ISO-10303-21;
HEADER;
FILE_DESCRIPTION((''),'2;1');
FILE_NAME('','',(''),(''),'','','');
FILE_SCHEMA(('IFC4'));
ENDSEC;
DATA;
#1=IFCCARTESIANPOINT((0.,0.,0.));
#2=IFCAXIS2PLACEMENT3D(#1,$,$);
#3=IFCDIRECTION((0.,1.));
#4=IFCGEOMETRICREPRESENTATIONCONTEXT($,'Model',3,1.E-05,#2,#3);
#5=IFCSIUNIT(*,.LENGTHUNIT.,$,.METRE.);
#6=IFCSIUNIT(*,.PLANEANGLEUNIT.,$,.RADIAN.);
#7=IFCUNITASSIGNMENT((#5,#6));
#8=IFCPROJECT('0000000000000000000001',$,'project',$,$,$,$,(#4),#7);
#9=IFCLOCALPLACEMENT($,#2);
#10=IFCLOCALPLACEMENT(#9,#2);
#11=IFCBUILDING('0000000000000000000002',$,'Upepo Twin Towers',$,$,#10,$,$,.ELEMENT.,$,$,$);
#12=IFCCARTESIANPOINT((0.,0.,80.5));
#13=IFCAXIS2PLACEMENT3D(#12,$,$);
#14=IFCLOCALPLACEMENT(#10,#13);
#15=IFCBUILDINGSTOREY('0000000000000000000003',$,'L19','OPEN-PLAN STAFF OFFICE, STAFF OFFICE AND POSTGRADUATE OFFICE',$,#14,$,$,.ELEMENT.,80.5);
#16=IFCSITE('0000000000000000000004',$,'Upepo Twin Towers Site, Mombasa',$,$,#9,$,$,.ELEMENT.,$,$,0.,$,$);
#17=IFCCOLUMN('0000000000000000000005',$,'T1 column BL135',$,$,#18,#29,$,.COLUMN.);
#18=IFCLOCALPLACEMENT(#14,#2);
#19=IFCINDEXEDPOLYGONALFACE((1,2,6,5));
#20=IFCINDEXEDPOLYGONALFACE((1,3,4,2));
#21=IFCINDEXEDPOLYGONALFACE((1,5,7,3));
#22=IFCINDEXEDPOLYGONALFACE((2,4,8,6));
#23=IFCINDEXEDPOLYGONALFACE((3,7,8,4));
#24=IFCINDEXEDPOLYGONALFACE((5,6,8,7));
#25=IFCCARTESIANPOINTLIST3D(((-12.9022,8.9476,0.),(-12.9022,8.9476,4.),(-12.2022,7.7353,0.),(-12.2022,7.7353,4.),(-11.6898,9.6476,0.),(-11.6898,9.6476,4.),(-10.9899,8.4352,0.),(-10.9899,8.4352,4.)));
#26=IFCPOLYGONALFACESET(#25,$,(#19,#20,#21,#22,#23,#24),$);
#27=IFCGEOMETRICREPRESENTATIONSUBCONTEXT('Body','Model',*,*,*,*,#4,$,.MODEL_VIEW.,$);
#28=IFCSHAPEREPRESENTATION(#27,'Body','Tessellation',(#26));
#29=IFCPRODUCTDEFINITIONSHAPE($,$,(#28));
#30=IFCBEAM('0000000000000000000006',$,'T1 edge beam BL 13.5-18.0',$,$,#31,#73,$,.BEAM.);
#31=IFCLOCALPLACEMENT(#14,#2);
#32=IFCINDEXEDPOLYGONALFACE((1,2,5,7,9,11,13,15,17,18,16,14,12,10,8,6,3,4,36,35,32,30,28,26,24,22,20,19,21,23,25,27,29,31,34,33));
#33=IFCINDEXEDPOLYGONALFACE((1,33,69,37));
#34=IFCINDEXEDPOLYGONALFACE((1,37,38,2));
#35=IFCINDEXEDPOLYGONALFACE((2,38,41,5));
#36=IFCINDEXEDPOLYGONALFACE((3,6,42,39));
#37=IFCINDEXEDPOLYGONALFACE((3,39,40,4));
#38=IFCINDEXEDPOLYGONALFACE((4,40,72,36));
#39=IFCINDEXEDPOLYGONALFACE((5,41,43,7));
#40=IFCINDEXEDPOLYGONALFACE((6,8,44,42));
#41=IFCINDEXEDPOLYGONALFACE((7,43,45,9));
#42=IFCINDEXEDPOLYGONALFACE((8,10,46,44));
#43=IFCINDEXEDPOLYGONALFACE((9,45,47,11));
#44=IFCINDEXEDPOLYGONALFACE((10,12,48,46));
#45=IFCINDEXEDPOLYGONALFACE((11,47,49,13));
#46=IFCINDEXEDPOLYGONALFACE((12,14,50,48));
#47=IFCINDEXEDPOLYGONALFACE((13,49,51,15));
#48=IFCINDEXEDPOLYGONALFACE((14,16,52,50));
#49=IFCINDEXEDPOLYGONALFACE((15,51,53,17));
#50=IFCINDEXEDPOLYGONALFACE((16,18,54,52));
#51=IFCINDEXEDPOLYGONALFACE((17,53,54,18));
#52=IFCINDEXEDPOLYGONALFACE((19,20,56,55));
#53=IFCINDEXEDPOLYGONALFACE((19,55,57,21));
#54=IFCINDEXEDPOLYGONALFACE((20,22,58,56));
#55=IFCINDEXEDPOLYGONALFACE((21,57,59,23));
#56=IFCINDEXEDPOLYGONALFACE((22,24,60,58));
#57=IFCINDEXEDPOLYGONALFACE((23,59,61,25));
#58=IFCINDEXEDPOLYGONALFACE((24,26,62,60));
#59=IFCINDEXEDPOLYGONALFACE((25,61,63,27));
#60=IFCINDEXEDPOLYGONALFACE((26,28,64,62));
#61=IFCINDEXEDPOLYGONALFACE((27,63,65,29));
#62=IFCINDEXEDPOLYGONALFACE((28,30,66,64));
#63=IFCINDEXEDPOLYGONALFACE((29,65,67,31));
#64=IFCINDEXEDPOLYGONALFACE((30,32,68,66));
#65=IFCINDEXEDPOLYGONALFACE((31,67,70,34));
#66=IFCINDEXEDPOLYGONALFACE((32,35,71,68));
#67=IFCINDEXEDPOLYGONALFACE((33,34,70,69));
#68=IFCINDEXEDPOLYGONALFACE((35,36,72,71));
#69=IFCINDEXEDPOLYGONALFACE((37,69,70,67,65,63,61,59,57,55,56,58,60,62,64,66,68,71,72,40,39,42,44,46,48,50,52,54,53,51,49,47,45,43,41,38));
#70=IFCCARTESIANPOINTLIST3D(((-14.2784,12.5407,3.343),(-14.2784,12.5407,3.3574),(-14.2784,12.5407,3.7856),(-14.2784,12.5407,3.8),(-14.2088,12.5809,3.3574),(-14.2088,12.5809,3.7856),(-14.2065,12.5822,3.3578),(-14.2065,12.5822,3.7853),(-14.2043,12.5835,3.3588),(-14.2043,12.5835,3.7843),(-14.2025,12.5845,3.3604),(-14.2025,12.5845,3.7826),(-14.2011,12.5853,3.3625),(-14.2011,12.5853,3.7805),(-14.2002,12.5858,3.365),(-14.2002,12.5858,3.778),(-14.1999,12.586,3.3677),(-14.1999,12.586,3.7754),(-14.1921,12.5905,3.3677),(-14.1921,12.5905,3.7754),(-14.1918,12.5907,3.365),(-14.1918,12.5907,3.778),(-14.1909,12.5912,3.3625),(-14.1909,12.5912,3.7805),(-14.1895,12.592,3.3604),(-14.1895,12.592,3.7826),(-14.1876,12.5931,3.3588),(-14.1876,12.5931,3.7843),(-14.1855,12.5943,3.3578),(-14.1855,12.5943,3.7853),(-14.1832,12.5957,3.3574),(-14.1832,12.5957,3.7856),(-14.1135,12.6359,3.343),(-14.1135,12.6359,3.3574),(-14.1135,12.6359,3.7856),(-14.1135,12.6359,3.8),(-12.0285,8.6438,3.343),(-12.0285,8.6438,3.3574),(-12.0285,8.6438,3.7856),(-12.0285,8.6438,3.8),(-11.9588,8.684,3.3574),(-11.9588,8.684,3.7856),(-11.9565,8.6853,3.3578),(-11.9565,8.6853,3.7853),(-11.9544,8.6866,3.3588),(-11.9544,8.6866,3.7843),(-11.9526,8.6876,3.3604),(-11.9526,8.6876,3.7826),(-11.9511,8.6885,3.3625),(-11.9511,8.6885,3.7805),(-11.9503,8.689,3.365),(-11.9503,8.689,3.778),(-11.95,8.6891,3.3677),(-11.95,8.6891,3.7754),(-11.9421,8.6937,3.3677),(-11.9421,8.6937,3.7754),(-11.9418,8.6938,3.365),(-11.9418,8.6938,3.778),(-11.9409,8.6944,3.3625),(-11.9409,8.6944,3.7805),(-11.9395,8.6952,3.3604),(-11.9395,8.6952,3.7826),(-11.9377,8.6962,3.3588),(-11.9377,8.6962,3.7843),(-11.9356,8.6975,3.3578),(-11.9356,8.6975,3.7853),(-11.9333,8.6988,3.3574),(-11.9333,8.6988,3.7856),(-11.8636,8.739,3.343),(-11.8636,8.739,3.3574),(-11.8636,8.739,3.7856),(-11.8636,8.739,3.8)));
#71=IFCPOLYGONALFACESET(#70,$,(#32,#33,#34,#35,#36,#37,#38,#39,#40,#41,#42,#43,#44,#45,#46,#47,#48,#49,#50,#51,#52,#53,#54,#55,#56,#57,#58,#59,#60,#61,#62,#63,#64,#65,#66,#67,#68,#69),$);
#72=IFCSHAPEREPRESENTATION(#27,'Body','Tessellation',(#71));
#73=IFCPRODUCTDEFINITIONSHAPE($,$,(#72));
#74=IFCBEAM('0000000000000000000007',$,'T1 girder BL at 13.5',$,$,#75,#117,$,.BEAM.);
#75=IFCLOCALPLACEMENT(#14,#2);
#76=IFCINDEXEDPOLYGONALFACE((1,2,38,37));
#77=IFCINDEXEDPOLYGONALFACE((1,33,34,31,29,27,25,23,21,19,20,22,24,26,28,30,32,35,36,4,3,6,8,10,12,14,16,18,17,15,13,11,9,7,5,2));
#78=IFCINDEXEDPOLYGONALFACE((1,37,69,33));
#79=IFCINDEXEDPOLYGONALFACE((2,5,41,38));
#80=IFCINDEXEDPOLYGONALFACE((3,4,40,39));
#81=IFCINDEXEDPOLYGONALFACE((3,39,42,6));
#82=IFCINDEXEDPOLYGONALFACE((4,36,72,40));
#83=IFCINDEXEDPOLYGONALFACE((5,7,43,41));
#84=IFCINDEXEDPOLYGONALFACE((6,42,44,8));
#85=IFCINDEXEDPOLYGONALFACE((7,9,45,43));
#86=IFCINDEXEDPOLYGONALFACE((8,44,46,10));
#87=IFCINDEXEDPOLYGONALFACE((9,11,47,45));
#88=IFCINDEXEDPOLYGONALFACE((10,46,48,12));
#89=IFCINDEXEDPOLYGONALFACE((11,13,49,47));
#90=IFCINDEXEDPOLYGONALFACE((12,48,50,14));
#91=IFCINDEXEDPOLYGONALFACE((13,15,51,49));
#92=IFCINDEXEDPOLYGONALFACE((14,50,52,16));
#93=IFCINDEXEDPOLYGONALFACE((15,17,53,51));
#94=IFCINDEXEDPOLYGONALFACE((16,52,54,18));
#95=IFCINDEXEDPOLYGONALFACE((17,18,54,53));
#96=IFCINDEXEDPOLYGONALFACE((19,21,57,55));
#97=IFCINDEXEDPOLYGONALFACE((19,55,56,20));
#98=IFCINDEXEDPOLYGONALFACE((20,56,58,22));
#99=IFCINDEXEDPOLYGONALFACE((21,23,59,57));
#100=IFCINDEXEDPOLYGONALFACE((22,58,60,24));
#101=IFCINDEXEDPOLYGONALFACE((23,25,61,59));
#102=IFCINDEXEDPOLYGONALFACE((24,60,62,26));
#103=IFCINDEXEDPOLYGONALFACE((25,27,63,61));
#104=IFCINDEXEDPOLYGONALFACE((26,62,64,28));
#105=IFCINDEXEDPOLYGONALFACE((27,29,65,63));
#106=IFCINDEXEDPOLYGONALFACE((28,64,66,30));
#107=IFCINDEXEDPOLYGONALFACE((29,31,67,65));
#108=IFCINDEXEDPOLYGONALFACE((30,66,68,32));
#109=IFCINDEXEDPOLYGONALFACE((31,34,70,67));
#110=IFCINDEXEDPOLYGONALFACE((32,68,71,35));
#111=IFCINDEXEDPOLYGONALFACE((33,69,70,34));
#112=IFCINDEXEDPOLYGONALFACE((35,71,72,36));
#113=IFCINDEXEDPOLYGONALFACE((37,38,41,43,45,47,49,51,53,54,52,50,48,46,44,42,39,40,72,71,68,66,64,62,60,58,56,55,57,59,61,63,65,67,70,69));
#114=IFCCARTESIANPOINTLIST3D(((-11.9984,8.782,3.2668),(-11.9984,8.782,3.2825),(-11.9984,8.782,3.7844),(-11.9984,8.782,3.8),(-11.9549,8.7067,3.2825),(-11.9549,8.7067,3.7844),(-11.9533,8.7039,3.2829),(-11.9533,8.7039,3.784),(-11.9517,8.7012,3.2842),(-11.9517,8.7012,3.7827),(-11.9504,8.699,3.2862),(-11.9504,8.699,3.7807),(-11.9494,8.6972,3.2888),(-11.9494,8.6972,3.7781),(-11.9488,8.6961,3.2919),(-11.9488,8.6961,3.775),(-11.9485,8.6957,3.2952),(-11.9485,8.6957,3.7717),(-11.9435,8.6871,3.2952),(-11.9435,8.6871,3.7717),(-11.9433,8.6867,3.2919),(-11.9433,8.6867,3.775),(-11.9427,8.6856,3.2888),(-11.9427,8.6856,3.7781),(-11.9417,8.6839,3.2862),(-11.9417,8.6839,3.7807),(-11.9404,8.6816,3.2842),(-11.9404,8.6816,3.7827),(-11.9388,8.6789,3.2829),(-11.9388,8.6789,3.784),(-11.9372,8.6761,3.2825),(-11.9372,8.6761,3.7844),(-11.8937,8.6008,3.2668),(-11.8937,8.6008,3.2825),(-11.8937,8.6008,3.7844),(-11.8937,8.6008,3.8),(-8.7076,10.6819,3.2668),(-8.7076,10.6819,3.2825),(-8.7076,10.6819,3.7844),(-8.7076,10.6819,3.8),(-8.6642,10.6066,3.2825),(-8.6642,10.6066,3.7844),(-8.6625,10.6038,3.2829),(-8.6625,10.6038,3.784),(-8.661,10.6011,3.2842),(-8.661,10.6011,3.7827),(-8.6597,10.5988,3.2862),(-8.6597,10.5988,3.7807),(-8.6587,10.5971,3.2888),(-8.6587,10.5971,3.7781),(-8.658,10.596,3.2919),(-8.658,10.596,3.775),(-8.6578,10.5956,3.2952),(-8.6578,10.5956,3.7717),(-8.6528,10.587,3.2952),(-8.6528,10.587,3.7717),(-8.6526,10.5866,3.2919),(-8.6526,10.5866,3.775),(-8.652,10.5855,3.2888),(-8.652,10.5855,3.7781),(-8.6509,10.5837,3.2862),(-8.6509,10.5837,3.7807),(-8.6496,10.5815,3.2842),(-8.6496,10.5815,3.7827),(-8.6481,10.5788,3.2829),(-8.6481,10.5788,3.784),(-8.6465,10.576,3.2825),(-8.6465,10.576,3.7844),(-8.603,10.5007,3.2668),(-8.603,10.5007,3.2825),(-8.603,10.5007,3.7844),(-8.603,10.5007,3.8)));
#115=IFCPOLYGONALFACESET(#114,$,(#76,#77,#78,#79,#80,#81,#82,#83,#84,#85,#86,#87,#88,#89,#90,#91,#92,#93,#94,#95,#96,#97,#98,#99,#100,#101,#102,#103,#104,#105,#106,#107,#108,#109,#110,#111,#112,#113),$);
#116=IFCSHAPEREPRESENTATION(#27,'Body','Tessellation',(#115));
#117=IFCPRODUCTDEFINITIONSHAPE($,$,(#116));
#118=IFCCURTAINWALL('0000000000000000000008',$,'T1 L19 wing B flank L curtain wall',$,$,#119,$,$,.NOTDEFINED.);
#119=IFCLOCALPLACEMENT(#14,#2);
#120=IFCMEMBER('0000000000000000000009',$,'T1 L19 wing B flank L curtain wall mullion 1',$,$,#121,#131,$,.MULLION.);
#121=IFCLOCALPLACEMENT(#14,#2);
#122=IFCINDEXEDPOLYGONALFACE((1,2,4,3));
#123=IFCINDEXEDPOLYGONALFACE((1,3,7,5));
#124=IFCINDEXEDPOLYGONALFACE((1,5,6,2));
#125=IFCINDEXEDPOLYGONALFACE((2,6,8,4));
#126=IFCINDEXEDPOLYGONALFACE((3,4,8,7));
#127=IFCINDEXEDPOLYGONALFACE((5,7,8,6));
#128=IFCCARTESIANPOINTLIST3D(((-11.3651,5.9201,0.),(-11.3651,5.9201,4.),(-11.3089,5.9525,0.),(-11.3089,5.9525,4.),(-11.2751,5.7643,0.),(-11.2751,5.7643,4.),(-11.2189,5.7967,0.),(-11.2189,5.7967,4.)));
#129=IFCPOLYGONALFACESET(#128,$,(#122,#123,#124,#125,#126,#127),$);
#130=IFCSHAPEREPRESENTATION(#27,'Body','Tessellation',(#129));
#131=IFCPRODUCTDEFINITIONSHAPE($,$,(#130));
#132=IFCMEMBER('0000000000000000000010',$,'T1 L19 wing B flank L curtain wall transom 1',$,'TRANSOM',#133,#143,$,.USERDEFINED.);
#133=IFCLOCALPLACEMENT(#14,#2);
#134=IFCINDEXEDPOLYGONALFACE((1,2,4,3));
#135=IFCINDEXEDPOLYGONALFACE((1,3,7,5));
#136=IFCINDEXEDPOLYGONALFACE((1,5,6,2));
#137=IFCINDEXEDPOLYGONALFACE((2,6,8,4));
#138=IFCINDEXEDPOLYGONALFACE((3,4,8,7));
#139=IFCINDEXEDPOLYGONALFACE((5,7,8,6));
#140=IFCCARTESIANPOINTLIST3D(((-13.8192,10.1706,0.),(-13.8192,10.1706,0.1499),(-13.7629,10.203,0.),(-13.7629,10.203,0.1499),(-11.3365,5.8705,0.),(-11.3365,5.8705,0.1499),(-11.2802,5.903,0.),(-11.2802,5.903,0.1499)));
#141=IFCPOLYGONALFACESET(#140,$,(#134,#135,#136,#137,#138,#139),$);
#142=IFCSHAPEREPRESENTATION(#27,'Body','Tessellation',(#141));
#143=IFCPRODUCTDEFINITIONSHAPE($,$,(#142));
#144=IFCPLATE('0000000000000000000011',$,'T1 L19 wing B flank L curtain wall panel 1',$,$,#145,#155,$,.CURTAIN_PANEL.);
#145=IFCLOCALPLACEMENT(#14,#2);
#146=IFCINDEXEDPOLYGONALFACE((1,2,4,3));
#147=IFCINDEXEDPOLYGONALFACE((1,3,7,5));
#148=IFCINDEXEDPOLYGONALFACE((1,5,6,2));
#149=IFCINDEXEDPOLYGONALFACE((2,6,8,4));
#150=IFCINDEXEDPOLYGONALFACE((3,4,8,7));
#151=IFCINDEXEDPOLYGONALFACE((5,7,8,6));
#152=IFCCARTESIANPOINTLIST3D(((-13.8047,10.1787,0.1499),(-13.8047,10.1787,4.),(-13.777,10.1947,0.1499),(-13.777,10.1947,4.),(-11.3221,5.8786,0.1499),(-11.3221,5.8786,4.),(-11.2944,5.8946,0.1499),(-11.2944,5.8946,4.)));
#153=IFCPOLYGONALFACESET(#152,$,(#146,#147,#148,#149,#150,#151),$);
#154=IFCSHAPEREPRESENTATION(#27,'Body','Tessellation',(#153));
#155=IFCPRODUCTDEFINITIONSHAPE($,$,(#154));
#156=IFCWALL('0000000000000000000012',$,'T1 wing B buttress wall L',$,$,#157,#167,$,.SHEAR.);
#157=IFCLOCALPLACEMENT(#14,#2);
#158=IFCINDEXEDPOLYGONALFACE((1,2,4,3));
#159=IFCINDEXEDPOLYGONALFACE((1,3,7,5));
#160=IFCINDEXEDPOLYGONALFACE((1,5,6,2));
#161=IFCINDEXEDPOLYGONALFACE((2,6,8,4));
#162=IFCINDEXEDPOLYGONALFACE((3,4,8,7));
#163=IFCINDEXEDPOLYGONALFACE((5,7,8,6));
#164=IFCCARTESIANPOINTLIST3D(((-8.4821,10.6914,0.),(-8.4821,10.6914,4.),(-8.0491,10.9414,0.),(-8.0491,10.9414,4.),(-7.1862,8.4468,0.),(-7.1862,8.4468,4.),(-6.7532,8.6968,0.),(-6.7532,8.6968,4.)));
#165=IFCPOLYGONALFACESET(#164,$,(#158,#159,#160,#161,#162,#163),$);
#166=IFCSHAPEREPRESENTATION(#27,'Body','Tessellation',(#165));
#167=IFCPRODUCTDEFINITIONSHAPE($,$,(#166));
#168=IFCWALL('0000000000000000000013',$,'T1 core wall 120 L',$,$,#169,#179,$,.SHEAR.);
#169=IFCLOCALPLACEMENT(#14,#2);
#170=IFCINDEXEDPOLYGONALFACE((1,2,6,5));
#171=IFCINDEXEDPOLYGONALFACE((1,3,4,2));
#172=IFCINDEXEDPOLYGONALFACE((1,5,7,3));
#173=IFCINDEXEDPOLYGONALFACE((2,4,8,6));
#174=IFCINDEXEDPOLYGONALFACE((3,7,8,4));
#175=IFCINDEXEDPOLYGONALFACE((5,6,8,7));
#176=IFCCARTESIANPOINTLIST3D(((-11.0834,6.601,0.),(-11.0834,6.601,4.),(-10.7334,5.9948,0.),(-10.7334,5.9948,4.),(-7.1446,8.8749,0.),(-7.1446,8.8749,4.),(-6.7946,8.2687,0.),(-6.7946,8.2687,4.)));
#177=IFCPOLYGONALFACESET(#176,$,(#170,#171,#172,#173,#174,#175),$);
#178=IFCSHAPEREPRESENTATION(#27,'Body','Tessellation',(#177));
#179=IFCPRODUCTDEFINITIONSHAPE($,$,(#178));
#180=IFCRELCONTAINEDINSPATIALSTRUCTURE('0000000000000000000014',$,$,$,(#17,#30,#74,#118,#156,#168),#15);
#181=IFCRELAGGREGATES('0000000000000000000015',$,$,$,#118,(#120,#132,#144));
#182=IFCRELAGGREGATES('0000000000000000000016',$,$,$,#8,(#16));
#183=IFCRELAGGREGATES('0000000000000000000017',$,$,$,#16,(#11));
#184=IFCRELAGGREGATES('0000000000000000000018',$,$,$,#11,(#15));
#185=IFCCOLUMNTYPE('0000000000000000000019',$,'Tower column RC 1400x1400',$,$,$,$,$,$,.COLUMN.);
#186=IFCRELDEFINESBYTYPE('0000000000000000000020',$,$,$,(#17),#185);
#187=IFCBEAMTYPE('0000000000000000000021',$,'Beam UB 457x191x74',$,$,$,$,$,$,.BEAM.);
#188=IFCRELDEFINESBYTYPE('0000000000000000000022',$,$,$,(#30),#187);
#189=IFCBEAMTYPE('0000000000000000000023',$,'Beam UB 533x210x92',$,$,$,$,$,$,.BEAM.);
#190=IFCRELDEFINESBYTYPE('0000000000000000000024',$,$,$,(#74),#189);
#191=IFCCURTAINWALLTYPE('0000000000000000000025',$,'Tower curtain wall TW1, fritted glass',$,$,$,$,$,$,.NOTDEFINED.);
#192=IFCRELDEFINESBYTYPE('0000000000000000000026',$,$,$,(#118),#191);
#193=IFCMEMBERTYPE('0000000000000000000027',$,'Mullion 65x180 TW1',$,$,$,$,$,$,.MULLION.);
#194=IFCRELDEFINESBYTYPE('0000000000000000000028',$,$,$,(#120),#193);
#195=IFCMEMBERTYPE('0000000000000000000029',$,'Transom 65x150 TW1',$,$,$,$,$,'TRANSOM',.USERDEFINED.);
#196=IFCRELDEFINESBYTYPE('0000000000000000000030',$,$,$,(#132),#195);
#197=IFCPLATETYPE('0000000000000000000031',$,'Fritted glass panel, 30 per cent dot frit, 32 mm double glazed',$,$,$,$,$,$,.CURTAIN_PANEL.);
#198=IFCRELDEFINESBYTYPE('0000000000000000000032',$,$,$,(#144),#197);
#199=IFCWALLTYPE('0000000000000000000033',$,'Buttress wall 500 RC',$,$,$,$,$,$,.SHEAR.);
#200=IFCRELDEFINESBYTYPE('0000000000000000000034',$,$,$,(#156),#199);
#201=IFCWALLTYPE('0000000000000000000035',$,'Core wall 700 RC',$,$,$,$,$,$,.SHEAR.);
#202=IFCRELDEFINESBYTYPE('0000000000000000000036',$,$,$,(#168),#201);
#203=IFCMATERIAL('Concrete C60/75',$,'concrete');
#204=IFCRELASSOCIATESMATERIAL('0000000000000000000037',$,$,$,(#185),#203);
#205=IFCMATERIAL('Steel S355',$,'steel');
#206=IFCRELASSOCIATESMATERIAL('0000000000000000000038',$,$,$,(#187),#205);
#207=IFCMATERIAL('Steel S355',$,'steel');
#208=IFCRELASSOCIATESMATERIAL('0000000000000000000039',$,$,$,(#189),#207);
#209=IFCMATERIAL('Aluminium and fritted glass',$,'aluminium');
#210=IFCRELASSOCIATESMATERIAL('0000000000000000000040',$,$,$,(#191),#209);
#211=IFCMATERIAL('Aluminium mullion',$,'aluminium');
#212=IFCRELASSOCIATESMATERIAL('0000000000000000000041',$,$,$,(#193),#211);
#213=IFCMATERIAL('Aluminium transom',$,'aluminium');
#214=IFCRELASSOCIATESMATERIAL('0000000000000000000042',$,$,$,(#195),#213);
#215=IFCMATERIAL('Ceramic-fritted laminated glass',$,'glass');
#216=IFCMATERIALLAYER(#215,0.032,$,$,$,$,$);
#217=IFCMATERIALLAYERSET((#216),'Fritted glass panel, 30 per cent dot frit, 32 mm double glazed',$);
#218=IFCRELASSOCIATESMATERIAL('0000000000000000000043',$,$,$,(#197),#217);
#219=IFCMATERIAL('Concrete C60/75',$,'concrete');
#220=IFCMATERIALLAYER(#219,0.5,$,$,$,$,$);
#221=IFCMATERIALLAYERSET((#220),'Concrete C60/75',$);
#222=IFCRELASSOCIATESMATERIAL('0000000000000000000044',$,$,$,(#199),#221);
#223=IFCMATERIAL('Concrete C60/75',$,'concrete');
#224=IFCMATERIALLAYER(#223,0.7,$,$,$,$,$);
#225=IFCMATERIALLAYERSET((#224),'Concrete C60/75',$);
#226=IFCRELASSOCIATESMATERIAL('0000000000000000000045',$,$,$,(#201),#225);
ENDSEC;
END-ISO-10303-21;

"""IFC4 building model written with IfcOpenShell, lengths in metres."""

from ifc_helpers import new_model, si_unit, direction, frame, frame_2d, origin, origin_2d, place, context, subcontext, project, spatial, rectangle, i_section, extrude, material, layer, layer_set, material_profile, profile_set, type_object, element, aggregate, save


model = new_model("IFC4")

# Units and contexts
model_context = context("Model", 3, precision=1e-05, world=origin(), true_north=direction((0.0, 1.0)))
body_context = subcontext(model_context, "Body", "Model", "MODEL_VIEW")
ifc_project = project(units=[si_unit("LENGTHUNIT", "METRE"), si_unit("PLANEANGLEUNIT", "RADIAN")], contexts=[model_context])

# Site, building, storey
site_placement = place(None, origin())
site = spatial("IfcSite", under=ifc_project, at=site_placement, Name="Upepo Twin Towers Site, Mombasa", CompositionType="ELEMENT", RefElevation=0.0)
building_placement = place(site_placement, origin())
building = spatial("IfcBuilding", under=site, at=building_placement, Name="Upepo Twin Towers", CompositionType="ELEMENT")
storey_placement = place(building_placement, frame((0.0, 0.0, 80.5)))
storey = spatial("IfcBuildingStorey", under=building, at=storey_placement, Name="L19", Description="OPEN-PLAN STAFF OFFICE, STAFF OFFICE AND POSTGRADUATE OFFICE", CompositionType="ELEMENT", Elevation=80.5)

# Column
ifc_material_1 = material(Name="Concrete C60/75", Category="concrete")
ifc_material_profile_1 = material_profile(ifc_material_1, rectangle(XDim=1.3999, YDim=1.3999, at=origin_2d()), Name="RC 1400x1400")
ifc_profile_set_1 = profile_set([ifc_material_profile_1], Name="Concrete C60/75")
column_type = type_object("IfcColumnType", Name="Tower column RC 1400x1400", PredefinedType="COLUMN", material=ifc_profile_set_1)
column_placement = place(storey_placement, frame((-11.946, 8.6914, 0.0), z_axis=(0.0, 0.0, 1.0), x_axis=(0.866025, 0.5, 0.0)))
element("IfcColumn", 1, at=column_placement, inside=storey, type_object=column_type, Name="T1 column BL135", PredefinedType="COLUMN", context=body_context, shape_type="SweptSolid", body=[
    extrude(rectangle(XDim=1.3999, YDim=1.3999, at=origin_2d()), origin(), (0.0, 0.0, 1.0), 4.0),
])

# Beams
ifc_material_2 = material(Name="Steel S355", Category="steel")
ifc_material_profile_2 = material_profile(ifc_material_2, i_section(OverallWidth=0.1904, OverallDepth=0.457, WebThickness=0.009, FlangeThickness=0.0144, FilletRadius=0.0103, at=origin_2d()), Name="UB 457x191x74")
ifc_profile_set_2 = profile_set([ifc_material_profile_2], Name="Steel S355")
beam_type_1 = type_object("IfcBeamType", Name="Beam UB 457x191x74", PredefinedType="BEAM", material=ifc_profile_set_2)
beam_1_placement = place(storey_placement, frame((-11.946, 8.6914, 3.5715), z_axis=(-0.500014, 0.866018, 0.0), x_axis=(-0.866018, -0.500014, 0.0)))
element("IfcBeam", 2, at=beam_1_placement, inside=storey, type_object=beam_type_1, Name="T1 edge beam BL 13.5-18.0", PredefinedType="BEAM", context=body_context, shape_type="SweptSolid", body=[
    extrude(i_section(OverallWidth=0.1904, OverallDepth=0.457, WebThickness=0.009, FlangeThickness=0.0144, FilletRadius=0.0103, at=origin_2d()), origin(), (0.0, 0.0, 1.0), 4.4998),
])
ifc_material_3 = material(Name="Steel S355", Category="steel")
ifc_material_profile_3 = material_profile(ifc_material_3, i_section(OverallWidth=0.2092, OverallDepth=0.5332, WebThickness=0.01, FlangeThickness=0.0156, FilletRadius=0.0127, at=origin_2d()), Name="UB 533x210x92")
ifc_profile_set_3 = profile_set([ifc_material_profile_3], Name="Steel S355")
beam_type_2 = type_object("IfcBeamType", Name="Beam UB 533x210x92", PredefinedType="BEAM", material=ifc_profile_set_3)
beam_2_placement = place(storey_placement, frame((-11.946, 8.6914, 3.5334), z_axis=(0.866028, 0.499995, 0.0), x_axis=(-0.499995, 0.866028, 0.0)))
element("IfcBeam", 3, at=beam_2_placement, inside=storey, type_object=beam_type_2, Name="T1 girder BL at 13.5", PredefinedType="BEAM", context=body_context, shape_type="SweptSolid", body=[
    extrude(i_section(OverallWidth=0.2092, OverallDepth=0.5332, WebThickness=0.01, FlangeThickness=0.0156, FilletRadius=0.0127, at=origin_2d()), origin(), (0.0, 0.0, 1.0), 3.7998),
])

# Curtain wall, members, plate
ifc_material_4 = material(Name="Aluminium and fritted glass", Category="aluminium")
curtain_wall_type = type_object("IfcCurtainWallType", Name="Tower curtain wall TW1, fritted glass", PredefinedType="NOTDEFINED", material=ifc_material_4)
curtain_wall_placement = place(storey_placement, origin())
curtain_wall = element("IfcCurtainWall", 4, at=curtain_wall_placement, inside=storey, type_object=curtain_wall_type, Name="T1 L19 wing B flank L curtain wall", PredefinedType="NOTDEFINED")
ifc_material_5 = material(Name="Aluminium mullion", Category="aluminium")
ifc_material_profile_4 = material_profile(ifc_material_5, rectangle(XDim=0.0649, YDim=0.1799, at=origin_2d()), Name="MULLION 65x180")
ifc_profile_set_4 = profile_set([ifc_material_profile_4], Name="Aluminium mullion")
member_type_1 = type_object("IfcMemberType", Name="Mullion 65x180 TW1", PredefinedType="MULLION", material=ifc_profile_set_4)
member_1_placement = place(storey_placement, frame((-11.292, 5.8584, 0.0), z_axis=(0.0, 0.0, 1.0), x_axis=(-0.866025, -0.5, 0.0)))
member_1 = element("IfcMember", 5, at=member_1_placement, type_object=member_type_1, Name="T1 L19 wing B flank L curtain wall mullion 1", PredefinedType="MULLION", context=body_context, shape_type="SweptSolid", body=[
    extrude(rectangle(XDim=0.0649, YDim=0.1799, at=origin_2d()), origin(), (0.0, 0.0, 1.0), 4.0),
])
ifc_material_6 = material(Name="Aluminium transom", Category="aluminium")
ifc_material_profile_5 = material_profile(ifc_material_6, rectangle(XDim=0.0649, YDim=0.1499, at=origin_2d()), Name="TRANSOM 65x150")
ifc_profile_set_5 = profile_set([ifc_material_profile_5], Name="Aluminium transom")
member_type_2 = type_object("IfcMemberType", Name="Transom 65x150 TW1", ElementType="TRANSOM", PredefinedType="USERDEFINED", material=ifc_profile_set_5)
member_2_placement = place(storey_placement, frame((-11.3083, 5.8867, 0.075), z_axis=(-0.500005, 0.866023, 0.0), x_axis=(-0.866023, -0.500005, 0.0)))
member_2 = element("IfcMember", 6, at=member_2_placement, type_object=member_type_2, Name="T1 L19 wing B flank L curtain wall transom 1", ObjectType="TRANSOM", PredefinedType="USERDEFINED", context=body_context, shape_type="SweptSolid", body=[
    extrude(rectangle(XDim=0.0649, YDim=0.1499, at=origin_2d()), origin(), (0.0, 0.0, 1.0), 4.9653),
])
ifc_material_7 = material(Name="Ceramic-fritted laminated glass", Category="glass")
ifc_layer_1 = layer(ifc_material_7, 0.032)
ifc_layer_set_1 = layer_set([ifc_layer_1], Name="Fritted glass panel, 30 per cent dot frit, 32 mm double glazed")
plate_type = type_object("IfcPlateType", Name="Fritted glass panel, 30 per cent dot frit, 32 mm double glazed", PredefinedType="CURTAIN_PANEL", material=ifc_layer_set_1)
plate_placement = place(storey_placement, frame((-12.5496, 8.0366, 0.1499), z_axis=(0.0, 0.0, 1.0), x_axis=(-0.5, 0.866025, 0.0)))
plate = element("IfcPlate", 7, at=plate_placement, type_object=plate_type, Name="T1 L19 wing B flank L curtain wall panel 1", PredefinedType="CURTAIN_PANEL", context=body_context, shape_type="SweptSolid", body=[
    extrude(rectangle(XDim=4.9653, YDim=0.032, at=origin_2d()), origin(), (0.0, 0.0, 1.0), 3.8501),
])
aggregate(curtain_wall, [member_1, member_2, plate])

# Walls
ifc_material_8 = material(Name="Concrete C60/75", Category="concrete")
ifc_layer_2 = layer(ifc_material_8, 0.5)
ifc_layer_set_2 = layer_set([ifc_layer_2], Name="Concrete C60/75")
wall_type_1 = type_object("IfcWallType", Name="Buttress wall 500 RC", PredefinedType="SHEAR", material=ifc_layer_set_2)
wall_1_placement = place(storey_placement, frame((-6.9697, 8.5718, 0.0), z_axis=(0.0, 0.0, 1.0), x_axis=(-0.499989, 0.866032, 0.0)))
element("IfcWall", 8, at=wall_1_placement, inside=storey, type_object=wall_type_1, Name="T1 wing B buttress wall L", PredefinedType="SHEAR", context=body_context, shape_type="SweptSolid", body=[
    extrude(rectangle(XDim=2.5918, YDim=0.5, at=frame_2d((1.2959, 0.0))), origin(), (0.0, 0.0, 1.0), 4.0),
])
ifc_material_9 = material(Name="Concrete C60/75", Category="concrete")
ifc_layer_3 = layer(ifc_material_9, 0.7)
ifc_layer_set_3 = layer_set([ifc_layer_3], Name="Concrete C60/75")
wall_type_2 = type_object("IfcWallType", Name="Core wall 700 RC", PredefinedType="SHEAR", material=ifc_layer_set_3)
wall_2_placement = place(storey_placement, frame((-6.9697, 8.5718, 0.0), z_axis=(0.0, 0.0, 1.0), x_axis=(-0.866035, -0.499984, 0.0)))
element("IfcWall", 9, at=wall_2_placement, inside=storey, type_object=wall_type_2, Name="T1 core wall 120 L", PredefinedType="SHEAR", context=body_context, shape_type="SweptSolid", body=[
    extrude(rectangle(XDim=4.5481, YDim=0.7, at=frame_2d((2.2739, 0.0))), origin(), (0.0, 0.0, 1.0), 4.0),
])

save(model, "model.ifc")
